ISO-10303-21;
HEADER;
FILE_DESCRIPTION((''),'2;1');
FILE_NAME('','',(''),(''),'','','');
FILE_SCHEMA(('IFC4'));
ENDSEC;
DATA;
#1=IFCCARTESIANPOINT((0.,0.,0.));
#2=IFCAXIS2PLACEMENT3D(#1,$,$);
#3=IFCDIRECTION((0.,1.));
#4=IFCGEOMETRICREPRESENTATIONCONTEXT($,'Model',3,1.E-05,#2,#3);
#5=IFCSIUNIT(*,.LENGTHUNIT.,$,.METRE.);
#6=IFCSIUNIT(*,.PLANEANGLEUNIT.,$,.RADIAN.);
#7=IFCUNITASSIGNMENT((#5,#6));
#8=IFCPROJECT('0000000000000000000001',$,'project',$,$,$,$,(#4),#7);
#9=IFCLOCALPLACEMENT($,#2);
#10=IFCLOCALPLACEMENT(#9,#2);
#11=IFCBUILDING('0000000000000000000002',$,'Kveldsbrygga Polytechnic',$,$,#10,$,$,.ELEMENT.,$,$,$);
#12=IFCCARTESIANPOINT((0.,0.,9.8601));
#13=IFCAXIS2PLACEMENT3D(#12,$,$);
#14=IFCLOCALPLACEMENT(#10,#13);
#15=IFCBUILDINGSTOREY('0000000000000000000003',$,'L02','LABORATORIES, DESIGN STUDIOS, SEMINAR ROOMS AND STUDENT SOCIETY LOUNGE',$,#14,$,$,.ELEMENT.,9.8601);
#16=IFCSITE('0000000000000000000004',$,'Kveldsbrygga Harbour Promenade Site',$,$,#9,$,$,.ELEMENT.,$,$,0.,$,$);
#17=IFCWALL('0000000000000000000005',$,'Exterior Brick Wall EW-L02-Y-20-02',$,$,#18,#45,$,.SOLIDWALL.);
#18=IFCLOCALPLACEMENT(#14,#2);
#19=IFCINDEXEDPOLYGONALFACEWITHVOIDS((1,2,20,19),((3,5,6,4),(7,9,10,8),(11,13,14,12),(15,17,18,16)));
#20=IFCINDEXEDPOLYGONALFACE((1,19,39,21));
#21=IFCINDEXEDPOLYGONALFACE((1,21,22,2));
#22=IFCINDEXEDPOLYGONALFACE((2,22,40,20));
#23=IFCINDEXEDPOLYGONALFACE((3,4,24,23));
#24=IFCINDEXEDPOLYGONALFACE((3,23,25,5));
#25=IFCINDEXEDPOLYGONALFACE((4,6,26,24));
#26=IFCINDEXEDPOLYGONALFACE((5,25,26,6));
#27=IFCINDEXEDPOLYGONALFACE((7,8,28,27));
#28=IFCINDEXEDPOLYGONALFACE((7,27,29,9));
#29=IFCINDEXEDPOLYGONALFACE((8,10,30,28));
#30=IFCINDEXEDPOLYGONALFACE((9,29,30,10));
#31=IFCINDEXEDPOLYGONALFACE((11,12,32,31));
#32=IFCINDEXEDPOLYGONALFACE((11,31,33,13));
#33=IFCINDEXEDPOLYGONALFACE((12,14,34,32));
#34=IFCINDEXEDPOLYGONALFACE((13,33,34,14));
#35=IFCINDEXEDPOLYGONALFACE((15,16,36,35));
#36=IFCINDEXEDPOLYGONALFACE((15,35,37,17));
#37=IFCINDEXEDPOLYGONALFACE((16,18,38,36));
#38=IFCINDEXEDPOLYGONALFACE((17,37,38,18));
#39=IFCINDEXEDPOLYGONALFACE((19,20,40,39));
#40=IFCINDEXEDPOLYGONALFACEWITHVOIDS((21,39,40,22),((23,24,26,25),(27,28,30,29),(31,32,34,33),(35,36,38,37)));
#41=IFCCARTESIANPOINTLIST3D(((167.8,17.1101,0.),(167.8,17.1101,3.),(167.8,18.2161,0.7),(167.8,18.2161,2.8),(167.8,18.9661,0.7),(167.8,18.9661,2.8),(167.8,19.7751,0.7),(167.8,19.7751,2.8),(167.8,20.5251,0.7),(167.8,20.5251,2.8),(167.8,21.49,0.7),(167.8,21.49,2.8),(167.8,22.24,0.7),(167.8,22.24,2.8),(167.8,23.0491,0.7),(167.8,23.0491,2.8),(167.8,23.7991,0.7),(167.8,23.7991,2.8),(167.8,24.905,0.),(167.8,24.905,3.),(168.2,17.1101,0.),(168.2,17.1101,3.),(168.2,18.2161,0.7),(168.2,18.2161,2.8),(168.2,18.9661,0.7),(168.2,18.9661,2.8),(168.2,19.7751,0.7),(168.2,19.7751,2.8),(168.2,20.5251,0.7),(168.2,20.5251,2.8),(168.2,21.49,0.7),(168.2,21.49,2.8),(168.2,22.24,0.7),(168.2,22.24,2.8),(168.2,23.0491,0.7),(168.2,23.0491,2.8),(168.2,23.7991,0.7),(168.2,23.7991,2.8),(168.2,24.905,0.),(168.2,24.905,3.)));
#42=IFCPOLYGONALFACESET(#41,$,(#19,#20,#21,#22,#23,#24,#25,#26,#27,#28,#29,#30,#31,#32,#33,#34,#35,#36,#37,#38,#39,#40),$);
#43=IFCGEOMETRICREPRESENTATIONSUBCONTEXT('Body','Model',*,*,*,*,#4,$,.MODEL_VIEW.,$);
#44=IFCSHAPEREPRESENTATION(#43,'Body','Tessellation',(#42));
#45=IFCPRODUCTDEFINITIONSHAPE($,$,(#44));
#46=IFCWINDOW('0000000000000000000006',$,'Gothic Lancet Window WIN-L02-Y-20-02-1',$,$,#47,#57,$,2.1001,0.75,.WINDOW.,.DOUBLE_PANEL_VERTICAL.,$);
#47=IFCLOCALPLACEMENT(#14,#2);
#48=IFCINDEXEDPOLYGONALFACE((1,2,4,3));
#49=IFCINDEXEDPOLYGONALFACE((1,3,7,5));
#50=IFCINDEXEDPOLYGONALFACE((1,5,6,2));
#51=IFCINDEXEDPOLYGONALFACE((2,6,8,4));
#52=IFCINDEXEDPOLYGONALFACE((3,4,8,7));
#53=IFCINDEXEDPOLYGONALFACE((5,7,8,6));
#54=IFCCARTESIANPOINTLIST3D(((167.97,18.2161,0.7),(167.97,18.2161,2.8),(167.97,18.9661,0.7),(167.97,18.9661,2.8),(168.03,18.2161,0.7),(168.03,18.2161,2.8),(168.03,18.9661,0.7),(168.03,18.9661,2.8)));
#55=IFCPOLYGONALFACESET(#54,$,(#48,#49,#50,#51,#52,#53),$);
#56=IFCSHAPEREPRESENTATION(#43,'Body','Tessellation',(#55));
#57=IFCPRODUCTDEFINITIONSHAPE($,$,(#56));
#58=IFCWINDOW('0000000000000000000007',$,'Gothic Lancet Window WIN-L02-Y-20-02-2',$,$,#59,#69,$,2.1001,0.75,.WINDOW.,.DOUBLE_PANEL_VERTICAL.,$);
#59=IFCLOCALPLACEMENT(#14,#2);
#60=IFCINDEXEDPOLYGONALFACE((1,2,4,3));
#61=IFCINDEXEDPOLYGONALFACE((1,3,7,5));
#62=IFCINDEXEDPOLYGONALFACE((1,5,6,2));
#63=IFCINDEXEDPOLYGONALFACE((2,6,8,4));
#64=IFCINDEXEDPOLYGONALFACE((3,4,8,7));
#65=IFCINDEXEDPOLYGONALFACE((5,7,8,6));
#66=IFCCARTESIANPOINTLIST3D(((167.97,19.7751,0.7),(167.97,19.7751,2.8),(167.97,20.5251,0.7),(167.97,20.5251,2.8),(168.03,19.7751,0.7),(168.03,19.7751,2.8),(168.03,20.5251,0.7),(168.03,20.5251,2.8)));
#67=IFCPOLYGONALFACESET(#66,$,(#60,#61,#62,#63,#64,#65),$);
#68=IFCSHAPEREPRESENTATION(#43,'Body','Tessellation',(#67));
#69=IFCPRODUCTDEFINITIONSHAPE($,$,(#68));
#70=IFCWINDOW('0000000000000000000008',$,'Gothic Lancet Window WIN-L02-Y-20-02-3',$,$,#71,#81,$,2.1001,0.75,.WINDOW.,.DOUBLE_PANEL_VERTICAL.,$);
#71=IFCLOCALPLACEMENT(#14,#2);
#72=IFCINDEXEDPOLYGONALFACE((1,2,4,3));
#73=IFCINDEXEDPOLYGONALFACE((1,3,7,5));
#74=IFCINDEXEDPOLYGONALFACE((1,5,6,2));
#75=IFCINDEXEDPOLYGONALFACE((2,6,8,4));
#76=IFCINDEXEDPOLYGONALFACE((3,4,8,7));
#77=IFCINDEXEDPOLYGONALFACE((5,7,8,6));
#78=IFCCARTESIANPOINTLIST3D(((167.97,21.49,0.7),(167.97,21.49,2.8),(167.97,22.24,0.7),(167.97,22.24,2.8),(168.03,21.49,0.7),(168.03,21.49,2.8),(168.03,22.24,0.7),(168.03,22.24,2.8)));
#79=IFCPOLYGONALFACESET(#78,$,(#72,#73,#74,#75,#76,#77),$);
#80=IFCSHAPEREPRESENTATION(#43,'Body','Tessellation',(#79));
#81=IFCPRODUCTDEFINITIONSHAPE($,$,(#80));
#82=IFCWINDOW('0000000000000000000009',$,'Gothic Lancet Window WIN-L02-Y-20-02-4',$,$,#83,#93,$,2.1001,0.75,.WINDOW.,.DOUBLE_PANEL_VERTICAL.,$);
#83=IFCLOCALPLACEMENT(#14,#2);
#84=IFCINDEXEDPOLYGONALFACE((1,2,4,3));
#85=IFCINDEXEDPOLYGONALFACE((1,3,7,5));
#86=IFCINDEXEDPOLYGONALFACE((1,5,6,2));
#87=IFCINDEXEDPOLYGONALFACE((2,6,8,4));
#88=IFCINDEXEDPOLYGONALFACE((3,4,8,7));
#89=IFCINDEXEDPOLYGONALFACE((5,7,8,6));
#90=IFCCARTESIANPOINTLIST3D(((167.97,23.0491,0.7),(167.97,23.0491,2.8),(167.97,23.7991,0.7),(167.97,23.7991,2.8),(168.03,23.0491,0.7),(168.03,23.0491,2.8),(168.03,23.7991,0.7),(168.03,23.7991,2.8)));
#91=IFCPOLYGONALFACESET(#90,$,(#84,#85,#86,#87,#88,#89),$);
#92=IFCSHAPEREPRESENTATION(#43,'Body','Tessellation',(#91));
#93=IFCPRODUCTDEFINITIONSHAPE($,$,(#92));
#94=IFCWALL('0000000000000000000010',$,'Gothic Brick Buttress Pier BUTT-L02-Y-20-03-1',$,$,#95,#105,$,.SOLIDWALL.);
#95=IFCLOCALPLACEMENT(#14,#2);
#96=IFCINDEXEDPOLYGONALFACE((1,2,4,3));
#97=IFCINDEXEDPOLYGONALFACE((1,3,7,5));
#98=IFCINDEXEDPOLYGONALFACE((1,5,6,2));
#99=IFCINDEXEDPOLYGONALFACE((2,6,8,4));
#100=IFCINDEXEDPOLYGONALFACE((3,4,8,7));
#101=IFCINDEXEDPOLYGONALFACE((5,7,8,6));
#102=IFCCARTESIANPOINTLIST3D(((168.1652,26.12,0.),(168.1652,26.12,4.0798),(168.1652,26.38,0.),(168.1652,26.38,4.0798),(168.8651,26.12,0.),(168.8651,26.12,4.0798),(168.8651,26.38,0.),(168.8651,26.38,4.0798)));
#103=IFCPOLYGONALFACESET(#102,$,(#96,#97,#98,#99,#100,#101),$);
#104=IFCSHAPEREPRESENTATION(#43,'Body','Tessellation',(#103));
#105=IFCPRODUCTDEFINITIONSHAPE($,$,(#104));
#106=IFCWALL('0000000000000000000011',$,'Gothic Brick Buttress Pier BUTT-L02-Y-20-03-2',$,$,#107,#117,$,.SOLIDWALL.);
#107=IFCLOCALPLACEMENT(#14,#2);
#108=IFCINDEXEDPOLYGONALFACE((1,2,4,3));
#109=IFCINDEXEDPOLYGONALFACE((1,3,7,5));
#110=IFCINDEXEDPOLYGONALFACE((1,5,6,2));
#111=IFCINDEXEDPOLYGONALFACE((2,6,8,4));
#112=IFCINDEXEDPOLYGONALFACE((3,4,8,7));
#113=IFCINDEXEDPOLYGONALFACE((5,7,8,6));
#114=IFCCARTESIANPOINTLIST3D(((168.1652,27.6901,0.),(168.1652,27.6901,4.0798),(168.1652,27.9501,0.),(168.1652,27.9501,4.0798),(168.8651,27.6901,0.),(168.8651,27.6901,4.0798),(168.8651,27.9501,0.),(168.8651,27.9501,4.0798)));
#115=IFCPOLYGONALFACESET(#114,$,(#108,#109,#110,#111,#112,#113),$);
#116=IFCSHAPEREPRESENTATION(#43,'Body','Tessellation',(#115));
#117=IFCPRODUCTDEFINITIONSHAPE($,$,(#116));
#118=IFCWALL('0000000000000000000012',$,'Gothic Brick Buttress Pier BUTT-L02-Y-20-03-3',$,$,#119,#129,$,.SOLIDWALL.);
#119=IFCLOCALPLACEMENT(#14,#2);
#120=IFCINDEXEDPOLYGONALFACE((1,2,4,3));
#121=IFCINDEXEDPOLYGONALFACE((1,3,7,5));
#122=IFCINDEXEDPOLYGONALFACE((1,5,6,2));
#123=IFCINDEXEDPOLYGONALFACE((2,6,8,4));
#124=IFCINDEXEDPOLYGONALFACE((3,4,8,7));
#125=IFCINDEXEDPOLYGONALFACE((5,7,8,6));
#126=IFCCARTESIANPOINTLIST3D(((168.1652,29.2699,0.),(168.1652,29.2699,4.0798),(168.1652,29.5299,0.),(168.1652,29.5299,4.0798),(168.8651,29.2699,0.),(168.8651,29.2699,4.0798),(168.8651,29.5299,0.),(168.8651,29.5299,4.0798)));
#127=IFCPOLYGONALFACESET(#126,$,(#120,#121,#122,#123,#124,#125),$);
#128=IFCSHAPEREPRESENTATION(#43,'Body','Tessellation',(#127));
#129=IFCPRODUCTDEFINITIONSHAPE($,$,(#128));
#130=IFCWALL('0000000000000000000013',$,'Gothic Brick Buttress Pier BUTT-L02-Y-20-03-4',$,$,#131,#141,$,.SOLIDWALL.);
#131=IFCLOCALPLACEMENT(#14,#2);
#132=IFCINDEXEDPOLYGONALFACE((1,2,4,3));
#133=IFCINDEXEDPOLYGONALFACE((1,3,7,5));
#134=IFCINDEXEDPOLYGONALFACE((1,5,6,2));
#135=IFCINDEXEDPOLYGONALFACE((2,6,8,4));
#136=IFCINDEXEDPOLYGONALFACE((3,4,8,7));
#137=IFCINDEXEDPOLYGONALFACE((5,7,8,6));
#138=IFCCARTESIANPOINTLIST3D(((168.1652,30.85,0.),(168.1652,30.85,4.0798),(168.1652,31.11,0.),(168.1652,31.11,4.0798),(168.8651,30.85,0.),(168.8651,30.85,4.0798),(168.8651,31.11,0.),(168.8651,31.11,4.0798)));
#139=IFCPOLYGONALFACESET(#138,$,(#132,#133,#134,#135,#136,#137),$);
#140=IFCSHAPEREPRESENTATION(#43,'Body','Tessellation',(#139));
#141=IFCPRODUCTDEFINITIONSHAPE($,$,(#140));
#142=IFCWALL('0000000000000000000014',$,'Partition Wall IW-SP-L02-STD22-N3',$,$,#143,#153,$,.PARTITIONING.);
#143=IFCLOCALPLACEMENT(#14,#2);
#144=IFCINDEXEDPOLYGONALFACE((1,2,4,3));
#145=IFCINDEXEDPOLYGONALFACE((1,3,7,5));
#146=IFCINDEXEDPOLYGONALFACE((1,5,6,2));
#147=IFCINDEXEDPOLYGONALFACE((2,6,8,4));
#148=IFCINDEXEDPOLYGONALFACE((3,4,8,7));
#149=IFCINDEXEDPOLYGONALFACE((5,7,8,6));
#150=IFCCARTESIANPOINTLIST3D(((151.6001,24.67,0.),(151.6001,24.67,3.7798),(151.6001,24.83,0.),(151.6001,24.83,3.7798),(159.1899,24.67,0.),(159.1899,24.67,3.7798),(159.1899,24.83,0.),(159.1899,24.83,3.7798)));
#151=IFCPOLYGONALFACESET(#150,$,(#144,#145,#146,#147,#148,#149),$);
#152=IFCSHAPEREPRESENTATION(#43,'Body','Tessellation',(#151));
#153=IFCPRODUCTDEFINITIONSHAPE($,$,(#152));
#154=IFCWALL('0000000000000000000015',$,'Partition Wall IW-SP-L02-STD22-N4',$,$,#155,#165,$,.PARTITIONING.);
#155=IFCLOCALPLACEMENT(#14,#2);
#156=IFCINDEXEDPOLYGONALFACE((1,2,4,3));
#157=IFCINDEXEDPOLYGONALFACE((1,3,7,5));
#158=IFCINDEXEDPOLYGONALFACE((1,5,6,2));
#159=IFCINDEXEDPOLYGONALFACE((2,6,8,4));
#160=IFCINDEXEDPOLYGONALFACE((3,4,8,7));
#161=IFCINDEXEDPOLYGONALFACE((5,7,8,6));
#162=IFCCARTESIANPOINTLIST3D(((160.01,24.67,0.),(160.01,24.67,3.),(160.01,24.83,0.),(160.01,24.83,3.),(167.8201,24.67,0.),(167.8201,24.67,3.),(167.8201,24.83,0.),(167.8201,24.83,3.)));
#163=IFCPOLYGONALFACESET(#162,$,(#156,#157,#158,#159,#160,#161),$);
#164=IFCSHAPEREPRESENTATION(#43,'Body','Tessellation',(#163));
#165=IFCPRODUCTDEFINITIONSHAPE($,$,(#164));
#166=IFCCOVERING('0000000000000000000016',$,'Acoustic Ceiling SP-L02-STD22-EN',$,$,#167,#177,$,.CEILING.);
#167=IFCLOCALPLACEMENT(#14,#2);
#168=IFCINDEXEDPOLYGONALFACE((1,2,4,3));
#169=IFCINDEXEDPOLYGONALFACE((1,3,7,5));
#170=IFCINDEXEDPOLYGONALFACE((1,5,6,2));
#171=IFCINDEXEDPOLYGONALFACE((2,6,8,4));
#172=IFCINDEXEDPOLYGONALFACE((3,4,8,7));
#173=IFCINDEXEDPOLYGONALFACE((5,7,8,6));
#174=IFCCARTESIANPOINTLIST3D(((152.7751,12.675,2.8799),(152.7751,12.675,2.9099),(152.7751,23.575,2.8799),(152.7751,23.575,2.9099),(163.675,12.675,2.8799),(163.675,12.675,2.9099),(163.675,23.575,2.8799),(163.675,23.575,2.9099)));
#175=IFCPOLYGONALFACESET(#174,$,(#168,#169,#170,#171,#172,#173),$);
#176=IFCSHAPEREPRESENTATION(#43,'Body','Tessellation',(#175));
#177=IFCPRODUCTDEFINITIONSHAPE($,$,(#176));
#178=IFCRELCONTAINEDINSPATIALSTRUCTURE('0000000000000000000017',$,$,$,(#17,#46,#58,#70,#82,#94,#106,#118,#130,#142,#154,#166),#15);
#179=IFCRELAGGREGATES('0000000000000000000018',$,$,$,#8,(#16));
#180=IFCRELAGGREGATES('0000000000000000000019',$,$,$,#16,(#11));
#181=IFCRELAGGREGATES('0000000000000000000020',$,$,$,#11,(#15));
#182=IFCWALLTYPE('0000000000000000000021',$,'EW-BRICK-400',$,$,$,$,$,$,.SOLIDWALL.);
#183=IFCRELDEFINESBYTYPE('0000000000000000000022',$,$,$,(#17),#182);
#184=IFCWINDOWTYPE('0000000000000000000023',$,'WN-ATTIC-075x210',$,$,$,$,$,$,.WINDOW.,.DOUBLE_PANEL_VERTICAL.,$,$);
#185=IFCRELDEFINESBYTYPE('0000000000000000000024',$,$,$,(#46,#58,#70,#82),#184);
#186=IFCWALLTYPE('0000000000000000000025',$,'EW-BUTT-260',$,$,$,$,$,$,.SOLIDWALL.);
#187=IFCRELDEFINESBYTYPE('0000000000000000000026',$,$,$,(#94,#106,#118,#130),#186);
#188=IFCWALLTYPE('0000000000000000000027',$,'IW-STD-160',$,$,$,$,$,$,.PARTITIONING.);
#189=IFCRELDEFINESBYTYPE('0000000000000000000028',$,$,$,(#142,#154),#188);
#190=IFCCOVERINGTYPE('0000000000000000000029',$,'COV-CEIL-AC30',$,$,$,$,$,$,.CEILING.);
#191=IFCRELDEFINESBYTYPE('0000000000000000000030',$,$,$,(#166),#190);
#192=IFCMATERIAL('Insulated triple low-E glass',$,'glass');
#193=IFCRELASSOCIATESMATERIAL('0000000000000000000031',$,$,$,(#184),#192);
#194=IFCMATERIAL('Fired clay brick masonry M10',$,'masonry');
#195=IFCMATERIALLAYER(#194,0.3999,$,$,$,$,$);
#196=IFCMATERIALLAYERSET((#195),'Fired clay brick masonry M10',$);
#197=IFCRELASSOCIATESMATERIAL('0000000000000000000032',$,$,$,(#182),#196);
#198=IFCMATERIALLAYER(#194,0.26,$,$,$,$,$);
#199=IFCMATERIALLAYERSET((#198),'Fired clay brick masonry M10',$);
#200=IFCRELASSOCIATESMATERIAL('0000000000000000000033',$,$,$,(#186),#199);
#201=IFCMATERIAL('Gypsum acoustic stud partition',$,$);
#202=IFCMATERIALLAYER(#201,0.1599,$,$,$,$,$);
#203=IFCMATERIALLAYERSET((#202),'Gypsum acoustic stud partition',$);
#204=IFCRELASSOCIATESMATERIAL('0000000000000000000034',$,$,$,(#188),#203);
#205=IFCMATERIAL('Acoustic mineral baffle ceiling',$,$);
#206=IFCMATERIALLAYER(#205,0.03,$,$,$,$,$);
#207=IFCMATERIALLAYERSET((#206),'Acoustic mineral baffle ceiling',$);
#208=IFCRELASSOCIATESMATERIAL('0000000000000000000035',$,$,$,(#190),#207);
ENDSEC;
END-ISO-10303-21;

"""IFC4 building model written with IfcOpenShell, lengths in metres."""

from ifc_helpers import new_model, si_unit, direction, frame, frame_2d, origin, origin_2d, place, context, subcontext, project, spatial, rectangle, extrude, material, layer, layer_set, type_object, element, fill, save


model = new_model("IFC4")

# Units and contexts
model_context = context("Model", 3, precision=1e-05, world=origin(), true_north=direction((0.0, 1.0)))
body_context = subcontext(model_context, "Body", "Model", "MODEL_VIEW")
ifc_project = project(units=[si_unit("LENGTHUNIT", "METRE"), si_unit("PLANEANGLEUNIT", "RADIAN")], contexts=[model_context])

# Site, building, storey
site_placement = place(None, origin())
site = spatial("IfcSite", under=ifc_project, at=site_placement, Name="Kveldsbrygga Harbour Promenade Site", CompositionType="ELEMENT", RefElevation=0.0)
building_placement = place(site_placement, origin())
building = spatial("IfcBuilding", under=site, at=building_placement, Name="Kveldsbrygga Polytechnic", CompositionType="ELEMENT")
storey_placement = place(building_placement, frame((0.0, 0.0, 9.8601)))
storey = spatial("IfcBuildingStorey", under=building, at=storey_placement, Name="L02", Description="LABORATORIES, DESIGN STUDIOS, SEMINAR ROOMS AND STUDENT SOCIETY LOUNGE", CompositionType="ELEMENT", Elevation=9.8601)

# Wall, openings, windows
ifc_material_1 = material(Name="Fired clay brick masonry M10", Category="masonry")
ifc_material_2 = material(Name="Insulated triple low-E glass", Category="glass")
window_type = type_object("IfcWindowType", Name="WN-ATTIC-075x210", PartitioningType="DOUBLE_PANEL_VERTICAL", PredefinedType="WINDOW", material=ifc_material_2)
ifc_layer_1 = layer(ifc_material_1, 0.3999)
ifc_layer_set_1 = layer_set([ifc_layer_1], Name="Fired clay brick masonry M10")
wall_type_1 = type_object("IfcWallType", Name="EW-BRICK-400", PredefinedType="SOLIDWALL", material=ifc_layer_set_1)
wall_1_placement = place(storey_placement, frame((168.0, 17.1101, 0.0), z_axis=(0.0, 0.0, 1.0), x_axis=(0.0, 1.0, 0.0)))
wall_1 = element("IfcWall", 1, at=wall_1_placement, inside=storey, type_object=wall_type_1, Name="Exterior Brick Wall EW-L02-Y-20-02", PredefinedType="SOLIDWALL", context=body_context, shape_type="SweptSolid", body=[
    extrude(rectangle(XDim=7.7949, YDim=0.3999, at=frame_2d((3.8975, 0.0))), origin(), (0.0, 0.0, 1.0), 3.0),
])
opening_1_placement = place(wall_1_placement, frame((1.106, 0.0, 0.7)))
opening_1 = element("IfcOpeningElement", 2, at=opening_1_placement, cuts=wall_1, PredefinedType="OPENING", context=body_context, shape_type="SweptSolid", body=[
    extrude(rectangle(XDim=0.75, YDim=2.1001, at=frame_2d((0.375, 1.05))), frame((0.0, 0.21, 0.0), z_axis=(0.0, -1.0, 0.0), x_axis=(1.0, 0.0, 0.0)), (0.0, 0.0, 1.0), 0.4199),
])
opening_2_placement = place(wall_1_placement, frame((2.665, 0.0, 0.7)))
opening_2 = element("IfcOpeningElement", 3, at=opening_2_placement, cuts=wall_1, PredefinedType="OPENING", context=body_context, shape_type="SweptSolid", body=[
    extrude(rectangle(XDim=0.75, YDim=2.1001, at=frame_2d((0.375, 1.05))), frame((0.0, 0.21, 0.0), z_axis=(0.0, -1.0, 0.0), x_axis=(1.0, 0.0, 0.0)), (0.0, 0.0, 1.0), 0.4199),
])
opening_3_placement = place(wall_1_placement, frame((4.3799, 0.0, 0.7)))
opening_3 = element("IfcOpeningElement", 4, at=opening_3_placement, cuts=wall_1, PredefinedType="OPENING", context=body_context, shape_type="SweptSolid", body=[
    extrude(rectangle(XDim=0.75, YDim=2.1001, at=frame_2d((0.375, 1.05))), frame((0.0, 0.21, 0.0), z_axis=(0.0, -1.0, 0.0), x_axis=(1.0, 0.0, 0.0)), (0.0, 0.0, 1.0), 0.4199),
])
opening_4_placement = place(wall_1_placement, frame((5.939, 0.0, 0.7)))
opening_4 = element("IfcOpeningElement", 5, at=opening_4_placement, cuts=wall_1, PredefinedType="OPENING", context=body_context, shape_type="SweptSolid", body=[
    extrude(rectangle(XDim=0.75, YDim=2.1001, at=frame_2d((0.375, 1.05))), frame((0.0, 0.21, 0.0), z_axis=(0.0, -1.0, 0.0), x_axis=(1.0, 0.0, 0.0)), (0.0, 0.0, 1.0), 0.4199),
])
window_1_placement = place(opening_1_placement, origin())
window_1 = element("IfcWindow", 6, at=window_1_placement, inside=storey, type_object=window_type, Name="Gothic Lancet Window WIN-L02-Y-20-02-1", OverallHeight=2.1001, OverallWidth=0.75, PartitioningType="DOUBLE_PANEL_VERTICAL", PredefinedType="WINDOW", context=body_context, shape_type="SweptSolid", body=[
    extrude(rectangle(XDim=0.75, YDim=2.1001, at=frame_2d((0.375, 1.05))), frame((0.0, 0.03, 0.0), z_axis=(0.0, -1.0, 0.0), x_axis=(1.0, 0.0, 0.0)), (0.0, 0.0, 1.0), 0.0601),
])
fill(opening_1, window_1)
window_2_placement = place(opening_2_placement, origin())
window_2 = element("IfcWindow", 7, at=window_2_placement, inside=storey, type_object=window_type, Name="Gothic Lancet Window WIN-L02-Y-20-02-2", OverallHeight=2.1001, OverallWidth=0.75, PartitioningType="DOUBLE_PANEL_VERTICAL", PredefinedType="WINDOW", context=body_context, shape_type="SweptSolid", body=[
    extrude(rectangle(XDim=0.75, YDim=2.1001, at=frame_2d((0.375, 1.05))), frame((0.0, 0.03, 0.0), z_axis=(0.0, -1.0, 0.0), x_axis=(1.0, 0.0, 0.0)), (0.0, 0.0, 1.0), 0.0601),
])
fill(opening_2, window_2)
window_3_placement = place(opening_3_placement, origin())
window_3 = element("IfcWindow", 8, at=window_3_placement, inside=storey, type_object=window_type, Name="Gothic Lancet Window WIN-L02-Y-20-02-3", OverallHeight=2.1001, OverallWidth=0.75, PartitioningType="DOUBLE_PANEL_VERTICAL", PredefinedType="WINDOW", context=body_context, shape_type="SweptSolid", body=[
    extrude(rectangle(XDim=0.75, YDim=2.1001, at=frame_2d((0.375, 1.05))), frame((0.0, 0.03, 0.0), z_axis=(0.0, -1.0, 0.0), x_axis=(1.0, 0.0, 0.0)), (0.0, 0.0, 1.0), 0.0601),
])
fill(opening_3, window_3)
window_4_placement = place(opening_4_placement, origin())
window_4 = element("IfcWindow", 9, at=window_4_placement, inside=storey, type_object=window_type, Name="Gothic Lancet Window WIN-L02-Y-20-02-4", OverallHeight=2.1001, OverallWidth=0.75, PartitioningType="DOUBLE_PANEL_VERTICAL", PredefinedType="WINDOW", context=body_context, shape_type="SweptSolid", body=[
    extrude(rectangle(XDim=0.75, YDim=2.1001, at=frame_2d((0.375, 1.05))), frame((0.0, 0.03, 0.0), z_axis=(0.0, -1.0, 0.0), x_axis=(1.0, 0.0, 0.0)), (0.0, 0.0, 1.0), 0.0601),
])
fill(opening_4, window_4)

# Walls
ifc_layer_2 = layer(ifc_material_1, 0.26)
ifc_layer_set_2 = layer_set([ifc_layer_2], Name="Fired clay brick masonry M10")
wall_type_2 = type_object("IfcWallType", Name="EW-BUTT-260", PredefinedType="SOLIDWALL", material=ifc_layer_set_2)
for number, where, z_axis, x_axis, name in (
    (10, (168.165, 26.25, 0.0), (0.0, 0.0, 1.0), (1.0, 0.0, 0.0), "Gothic Brick Buttress Pier BUTT-L02-Y-20-03-1"),
    (11, (168.165, 27.8201, 0.0), (0.0, 0.0, 1.0), (1.0, 0.0, 0.0), "Gothic Brick Buttress Pier BUTT-L02-Y-20-03-2"),
    (12, (168.165, 29.3999, 0.0), (0.0, 0.0, 1.0), (1.0, 0.0, 0.0), "Gothic Brick Buttress Pier BUTT-L02-Y-20-03-3"),
    (13, (168.165, 30.98, 0.0), (0.0, 0.0, 1.0), (1.0, 0.0, 0.0), "Gothic Brick Buttress Pier BUTT-L02-Y-20-03-4"),
):
    element("IfcWall", number, at=place(storey_placement, frame(where, z_axis=z_axis, x_axis=x_axis)), inside=storey, type_object=wall_type_2, Name=name, PredefinedType="SOLIDWALL", context=body_context, shape_type="SweptSolid", body=[
        extrude(rectangle(XDim=0.7, YDim=0.26, at=frame_2d((0.3501, 0.0))), origin(), (0.0, 0.0, 1.0), 4.0798),
    ])
ifc_material_3 = material(Name="Gypsum acoustic stud partition")
ifc_layer_3 = layer(ifc_material_3, 0.1599)
ifc_layer_set_3 = layer_set([ifc_layer_3], Name="Gypsum acoustic stud partition")
wall_type_3 = type_object("IfcWallType", Name="IW-STD-160", PredefinedType="PARTITIONING", material=ifc_layer_set_3)
wall_2_placement = place(storey_placement, frame((151.6001, 24.75, 0.0), z_axis=(0.0, 0.0, 1.0), x_axis=(1.0, 0.0, 0.0)))
element("IfcWall", 14, at=wall_2_placement, inside=storey, type_object=wall_type_3, Name="Partition Wall IW-SP-L02-STD22-N3", PredefinedType="PARTITIONING", context=body_context, shape_type="SweptSolid", body=[
    extrude(rectangle(XDim=7.5898, YDim=0.1599, at=frame_2d((3.7949, 0.0))), origin(), (0.0, 0.0, 1.0), 3.7798),
])
wall_3_placement = place(storey_placement, frame((160.01, 24.75, 0.0), z_axis=(0.0, 0.0, 1.0), x_axis=(1.0, 0.0, 0.0)))
element("IfcWall", 15, at=wall_3_placement, inside=storey, type_object=wall_type_3, Name="Partition Wall IW-SP-L02-STD22-N4", PredefinedType="PARTITIONING", context=body_context, shape_type="SweptSolid", body=[
    extrude(rectangle(XDim=7.8101, YDim=0.1599, at=frame_2d((3.905, 0.0))), origin(), (0.0, 0.0, 1.0), 3.0),
])

# Covering
ifc_material_4 = material(Name="Acoustic mineral baffle ceiling")
ifc_layer_4 = layer(ifc_material_4, 0.03)
ifc_layer_set_4 = layer_set([ifc_layer_4], Name="Acoustic mineral baffle ceiling")
covering_type_1 = type_object("IfcCoveringType", Name="COV-CEIL-AC30", PredefinedType="CEILING", material=ifc_layer_set_4)
covering_1_placement = place(storey_placement, frame((158.2251, 18.125, 2.8799), z_axis=(0.0, 0.0, 1.0), x_axis=(1.0, 0.0, 0.0)))
element("IfcCovering", 16, at=covering_1_placement, inside=storey, type_object=covering_type_1, Name="Acoustic Ceiling SP-L02-STD22-EN", PredefinedType="CEILING", context=body_context, shape_type="SweptSolid", body=[
    extrude(rectangle(XDim=10.8999, YDim=10.8999, at=origin_2d()), origin(), (0.0, 0.0, 1.0), 0.03),
])

save(model, "model.ifc")
